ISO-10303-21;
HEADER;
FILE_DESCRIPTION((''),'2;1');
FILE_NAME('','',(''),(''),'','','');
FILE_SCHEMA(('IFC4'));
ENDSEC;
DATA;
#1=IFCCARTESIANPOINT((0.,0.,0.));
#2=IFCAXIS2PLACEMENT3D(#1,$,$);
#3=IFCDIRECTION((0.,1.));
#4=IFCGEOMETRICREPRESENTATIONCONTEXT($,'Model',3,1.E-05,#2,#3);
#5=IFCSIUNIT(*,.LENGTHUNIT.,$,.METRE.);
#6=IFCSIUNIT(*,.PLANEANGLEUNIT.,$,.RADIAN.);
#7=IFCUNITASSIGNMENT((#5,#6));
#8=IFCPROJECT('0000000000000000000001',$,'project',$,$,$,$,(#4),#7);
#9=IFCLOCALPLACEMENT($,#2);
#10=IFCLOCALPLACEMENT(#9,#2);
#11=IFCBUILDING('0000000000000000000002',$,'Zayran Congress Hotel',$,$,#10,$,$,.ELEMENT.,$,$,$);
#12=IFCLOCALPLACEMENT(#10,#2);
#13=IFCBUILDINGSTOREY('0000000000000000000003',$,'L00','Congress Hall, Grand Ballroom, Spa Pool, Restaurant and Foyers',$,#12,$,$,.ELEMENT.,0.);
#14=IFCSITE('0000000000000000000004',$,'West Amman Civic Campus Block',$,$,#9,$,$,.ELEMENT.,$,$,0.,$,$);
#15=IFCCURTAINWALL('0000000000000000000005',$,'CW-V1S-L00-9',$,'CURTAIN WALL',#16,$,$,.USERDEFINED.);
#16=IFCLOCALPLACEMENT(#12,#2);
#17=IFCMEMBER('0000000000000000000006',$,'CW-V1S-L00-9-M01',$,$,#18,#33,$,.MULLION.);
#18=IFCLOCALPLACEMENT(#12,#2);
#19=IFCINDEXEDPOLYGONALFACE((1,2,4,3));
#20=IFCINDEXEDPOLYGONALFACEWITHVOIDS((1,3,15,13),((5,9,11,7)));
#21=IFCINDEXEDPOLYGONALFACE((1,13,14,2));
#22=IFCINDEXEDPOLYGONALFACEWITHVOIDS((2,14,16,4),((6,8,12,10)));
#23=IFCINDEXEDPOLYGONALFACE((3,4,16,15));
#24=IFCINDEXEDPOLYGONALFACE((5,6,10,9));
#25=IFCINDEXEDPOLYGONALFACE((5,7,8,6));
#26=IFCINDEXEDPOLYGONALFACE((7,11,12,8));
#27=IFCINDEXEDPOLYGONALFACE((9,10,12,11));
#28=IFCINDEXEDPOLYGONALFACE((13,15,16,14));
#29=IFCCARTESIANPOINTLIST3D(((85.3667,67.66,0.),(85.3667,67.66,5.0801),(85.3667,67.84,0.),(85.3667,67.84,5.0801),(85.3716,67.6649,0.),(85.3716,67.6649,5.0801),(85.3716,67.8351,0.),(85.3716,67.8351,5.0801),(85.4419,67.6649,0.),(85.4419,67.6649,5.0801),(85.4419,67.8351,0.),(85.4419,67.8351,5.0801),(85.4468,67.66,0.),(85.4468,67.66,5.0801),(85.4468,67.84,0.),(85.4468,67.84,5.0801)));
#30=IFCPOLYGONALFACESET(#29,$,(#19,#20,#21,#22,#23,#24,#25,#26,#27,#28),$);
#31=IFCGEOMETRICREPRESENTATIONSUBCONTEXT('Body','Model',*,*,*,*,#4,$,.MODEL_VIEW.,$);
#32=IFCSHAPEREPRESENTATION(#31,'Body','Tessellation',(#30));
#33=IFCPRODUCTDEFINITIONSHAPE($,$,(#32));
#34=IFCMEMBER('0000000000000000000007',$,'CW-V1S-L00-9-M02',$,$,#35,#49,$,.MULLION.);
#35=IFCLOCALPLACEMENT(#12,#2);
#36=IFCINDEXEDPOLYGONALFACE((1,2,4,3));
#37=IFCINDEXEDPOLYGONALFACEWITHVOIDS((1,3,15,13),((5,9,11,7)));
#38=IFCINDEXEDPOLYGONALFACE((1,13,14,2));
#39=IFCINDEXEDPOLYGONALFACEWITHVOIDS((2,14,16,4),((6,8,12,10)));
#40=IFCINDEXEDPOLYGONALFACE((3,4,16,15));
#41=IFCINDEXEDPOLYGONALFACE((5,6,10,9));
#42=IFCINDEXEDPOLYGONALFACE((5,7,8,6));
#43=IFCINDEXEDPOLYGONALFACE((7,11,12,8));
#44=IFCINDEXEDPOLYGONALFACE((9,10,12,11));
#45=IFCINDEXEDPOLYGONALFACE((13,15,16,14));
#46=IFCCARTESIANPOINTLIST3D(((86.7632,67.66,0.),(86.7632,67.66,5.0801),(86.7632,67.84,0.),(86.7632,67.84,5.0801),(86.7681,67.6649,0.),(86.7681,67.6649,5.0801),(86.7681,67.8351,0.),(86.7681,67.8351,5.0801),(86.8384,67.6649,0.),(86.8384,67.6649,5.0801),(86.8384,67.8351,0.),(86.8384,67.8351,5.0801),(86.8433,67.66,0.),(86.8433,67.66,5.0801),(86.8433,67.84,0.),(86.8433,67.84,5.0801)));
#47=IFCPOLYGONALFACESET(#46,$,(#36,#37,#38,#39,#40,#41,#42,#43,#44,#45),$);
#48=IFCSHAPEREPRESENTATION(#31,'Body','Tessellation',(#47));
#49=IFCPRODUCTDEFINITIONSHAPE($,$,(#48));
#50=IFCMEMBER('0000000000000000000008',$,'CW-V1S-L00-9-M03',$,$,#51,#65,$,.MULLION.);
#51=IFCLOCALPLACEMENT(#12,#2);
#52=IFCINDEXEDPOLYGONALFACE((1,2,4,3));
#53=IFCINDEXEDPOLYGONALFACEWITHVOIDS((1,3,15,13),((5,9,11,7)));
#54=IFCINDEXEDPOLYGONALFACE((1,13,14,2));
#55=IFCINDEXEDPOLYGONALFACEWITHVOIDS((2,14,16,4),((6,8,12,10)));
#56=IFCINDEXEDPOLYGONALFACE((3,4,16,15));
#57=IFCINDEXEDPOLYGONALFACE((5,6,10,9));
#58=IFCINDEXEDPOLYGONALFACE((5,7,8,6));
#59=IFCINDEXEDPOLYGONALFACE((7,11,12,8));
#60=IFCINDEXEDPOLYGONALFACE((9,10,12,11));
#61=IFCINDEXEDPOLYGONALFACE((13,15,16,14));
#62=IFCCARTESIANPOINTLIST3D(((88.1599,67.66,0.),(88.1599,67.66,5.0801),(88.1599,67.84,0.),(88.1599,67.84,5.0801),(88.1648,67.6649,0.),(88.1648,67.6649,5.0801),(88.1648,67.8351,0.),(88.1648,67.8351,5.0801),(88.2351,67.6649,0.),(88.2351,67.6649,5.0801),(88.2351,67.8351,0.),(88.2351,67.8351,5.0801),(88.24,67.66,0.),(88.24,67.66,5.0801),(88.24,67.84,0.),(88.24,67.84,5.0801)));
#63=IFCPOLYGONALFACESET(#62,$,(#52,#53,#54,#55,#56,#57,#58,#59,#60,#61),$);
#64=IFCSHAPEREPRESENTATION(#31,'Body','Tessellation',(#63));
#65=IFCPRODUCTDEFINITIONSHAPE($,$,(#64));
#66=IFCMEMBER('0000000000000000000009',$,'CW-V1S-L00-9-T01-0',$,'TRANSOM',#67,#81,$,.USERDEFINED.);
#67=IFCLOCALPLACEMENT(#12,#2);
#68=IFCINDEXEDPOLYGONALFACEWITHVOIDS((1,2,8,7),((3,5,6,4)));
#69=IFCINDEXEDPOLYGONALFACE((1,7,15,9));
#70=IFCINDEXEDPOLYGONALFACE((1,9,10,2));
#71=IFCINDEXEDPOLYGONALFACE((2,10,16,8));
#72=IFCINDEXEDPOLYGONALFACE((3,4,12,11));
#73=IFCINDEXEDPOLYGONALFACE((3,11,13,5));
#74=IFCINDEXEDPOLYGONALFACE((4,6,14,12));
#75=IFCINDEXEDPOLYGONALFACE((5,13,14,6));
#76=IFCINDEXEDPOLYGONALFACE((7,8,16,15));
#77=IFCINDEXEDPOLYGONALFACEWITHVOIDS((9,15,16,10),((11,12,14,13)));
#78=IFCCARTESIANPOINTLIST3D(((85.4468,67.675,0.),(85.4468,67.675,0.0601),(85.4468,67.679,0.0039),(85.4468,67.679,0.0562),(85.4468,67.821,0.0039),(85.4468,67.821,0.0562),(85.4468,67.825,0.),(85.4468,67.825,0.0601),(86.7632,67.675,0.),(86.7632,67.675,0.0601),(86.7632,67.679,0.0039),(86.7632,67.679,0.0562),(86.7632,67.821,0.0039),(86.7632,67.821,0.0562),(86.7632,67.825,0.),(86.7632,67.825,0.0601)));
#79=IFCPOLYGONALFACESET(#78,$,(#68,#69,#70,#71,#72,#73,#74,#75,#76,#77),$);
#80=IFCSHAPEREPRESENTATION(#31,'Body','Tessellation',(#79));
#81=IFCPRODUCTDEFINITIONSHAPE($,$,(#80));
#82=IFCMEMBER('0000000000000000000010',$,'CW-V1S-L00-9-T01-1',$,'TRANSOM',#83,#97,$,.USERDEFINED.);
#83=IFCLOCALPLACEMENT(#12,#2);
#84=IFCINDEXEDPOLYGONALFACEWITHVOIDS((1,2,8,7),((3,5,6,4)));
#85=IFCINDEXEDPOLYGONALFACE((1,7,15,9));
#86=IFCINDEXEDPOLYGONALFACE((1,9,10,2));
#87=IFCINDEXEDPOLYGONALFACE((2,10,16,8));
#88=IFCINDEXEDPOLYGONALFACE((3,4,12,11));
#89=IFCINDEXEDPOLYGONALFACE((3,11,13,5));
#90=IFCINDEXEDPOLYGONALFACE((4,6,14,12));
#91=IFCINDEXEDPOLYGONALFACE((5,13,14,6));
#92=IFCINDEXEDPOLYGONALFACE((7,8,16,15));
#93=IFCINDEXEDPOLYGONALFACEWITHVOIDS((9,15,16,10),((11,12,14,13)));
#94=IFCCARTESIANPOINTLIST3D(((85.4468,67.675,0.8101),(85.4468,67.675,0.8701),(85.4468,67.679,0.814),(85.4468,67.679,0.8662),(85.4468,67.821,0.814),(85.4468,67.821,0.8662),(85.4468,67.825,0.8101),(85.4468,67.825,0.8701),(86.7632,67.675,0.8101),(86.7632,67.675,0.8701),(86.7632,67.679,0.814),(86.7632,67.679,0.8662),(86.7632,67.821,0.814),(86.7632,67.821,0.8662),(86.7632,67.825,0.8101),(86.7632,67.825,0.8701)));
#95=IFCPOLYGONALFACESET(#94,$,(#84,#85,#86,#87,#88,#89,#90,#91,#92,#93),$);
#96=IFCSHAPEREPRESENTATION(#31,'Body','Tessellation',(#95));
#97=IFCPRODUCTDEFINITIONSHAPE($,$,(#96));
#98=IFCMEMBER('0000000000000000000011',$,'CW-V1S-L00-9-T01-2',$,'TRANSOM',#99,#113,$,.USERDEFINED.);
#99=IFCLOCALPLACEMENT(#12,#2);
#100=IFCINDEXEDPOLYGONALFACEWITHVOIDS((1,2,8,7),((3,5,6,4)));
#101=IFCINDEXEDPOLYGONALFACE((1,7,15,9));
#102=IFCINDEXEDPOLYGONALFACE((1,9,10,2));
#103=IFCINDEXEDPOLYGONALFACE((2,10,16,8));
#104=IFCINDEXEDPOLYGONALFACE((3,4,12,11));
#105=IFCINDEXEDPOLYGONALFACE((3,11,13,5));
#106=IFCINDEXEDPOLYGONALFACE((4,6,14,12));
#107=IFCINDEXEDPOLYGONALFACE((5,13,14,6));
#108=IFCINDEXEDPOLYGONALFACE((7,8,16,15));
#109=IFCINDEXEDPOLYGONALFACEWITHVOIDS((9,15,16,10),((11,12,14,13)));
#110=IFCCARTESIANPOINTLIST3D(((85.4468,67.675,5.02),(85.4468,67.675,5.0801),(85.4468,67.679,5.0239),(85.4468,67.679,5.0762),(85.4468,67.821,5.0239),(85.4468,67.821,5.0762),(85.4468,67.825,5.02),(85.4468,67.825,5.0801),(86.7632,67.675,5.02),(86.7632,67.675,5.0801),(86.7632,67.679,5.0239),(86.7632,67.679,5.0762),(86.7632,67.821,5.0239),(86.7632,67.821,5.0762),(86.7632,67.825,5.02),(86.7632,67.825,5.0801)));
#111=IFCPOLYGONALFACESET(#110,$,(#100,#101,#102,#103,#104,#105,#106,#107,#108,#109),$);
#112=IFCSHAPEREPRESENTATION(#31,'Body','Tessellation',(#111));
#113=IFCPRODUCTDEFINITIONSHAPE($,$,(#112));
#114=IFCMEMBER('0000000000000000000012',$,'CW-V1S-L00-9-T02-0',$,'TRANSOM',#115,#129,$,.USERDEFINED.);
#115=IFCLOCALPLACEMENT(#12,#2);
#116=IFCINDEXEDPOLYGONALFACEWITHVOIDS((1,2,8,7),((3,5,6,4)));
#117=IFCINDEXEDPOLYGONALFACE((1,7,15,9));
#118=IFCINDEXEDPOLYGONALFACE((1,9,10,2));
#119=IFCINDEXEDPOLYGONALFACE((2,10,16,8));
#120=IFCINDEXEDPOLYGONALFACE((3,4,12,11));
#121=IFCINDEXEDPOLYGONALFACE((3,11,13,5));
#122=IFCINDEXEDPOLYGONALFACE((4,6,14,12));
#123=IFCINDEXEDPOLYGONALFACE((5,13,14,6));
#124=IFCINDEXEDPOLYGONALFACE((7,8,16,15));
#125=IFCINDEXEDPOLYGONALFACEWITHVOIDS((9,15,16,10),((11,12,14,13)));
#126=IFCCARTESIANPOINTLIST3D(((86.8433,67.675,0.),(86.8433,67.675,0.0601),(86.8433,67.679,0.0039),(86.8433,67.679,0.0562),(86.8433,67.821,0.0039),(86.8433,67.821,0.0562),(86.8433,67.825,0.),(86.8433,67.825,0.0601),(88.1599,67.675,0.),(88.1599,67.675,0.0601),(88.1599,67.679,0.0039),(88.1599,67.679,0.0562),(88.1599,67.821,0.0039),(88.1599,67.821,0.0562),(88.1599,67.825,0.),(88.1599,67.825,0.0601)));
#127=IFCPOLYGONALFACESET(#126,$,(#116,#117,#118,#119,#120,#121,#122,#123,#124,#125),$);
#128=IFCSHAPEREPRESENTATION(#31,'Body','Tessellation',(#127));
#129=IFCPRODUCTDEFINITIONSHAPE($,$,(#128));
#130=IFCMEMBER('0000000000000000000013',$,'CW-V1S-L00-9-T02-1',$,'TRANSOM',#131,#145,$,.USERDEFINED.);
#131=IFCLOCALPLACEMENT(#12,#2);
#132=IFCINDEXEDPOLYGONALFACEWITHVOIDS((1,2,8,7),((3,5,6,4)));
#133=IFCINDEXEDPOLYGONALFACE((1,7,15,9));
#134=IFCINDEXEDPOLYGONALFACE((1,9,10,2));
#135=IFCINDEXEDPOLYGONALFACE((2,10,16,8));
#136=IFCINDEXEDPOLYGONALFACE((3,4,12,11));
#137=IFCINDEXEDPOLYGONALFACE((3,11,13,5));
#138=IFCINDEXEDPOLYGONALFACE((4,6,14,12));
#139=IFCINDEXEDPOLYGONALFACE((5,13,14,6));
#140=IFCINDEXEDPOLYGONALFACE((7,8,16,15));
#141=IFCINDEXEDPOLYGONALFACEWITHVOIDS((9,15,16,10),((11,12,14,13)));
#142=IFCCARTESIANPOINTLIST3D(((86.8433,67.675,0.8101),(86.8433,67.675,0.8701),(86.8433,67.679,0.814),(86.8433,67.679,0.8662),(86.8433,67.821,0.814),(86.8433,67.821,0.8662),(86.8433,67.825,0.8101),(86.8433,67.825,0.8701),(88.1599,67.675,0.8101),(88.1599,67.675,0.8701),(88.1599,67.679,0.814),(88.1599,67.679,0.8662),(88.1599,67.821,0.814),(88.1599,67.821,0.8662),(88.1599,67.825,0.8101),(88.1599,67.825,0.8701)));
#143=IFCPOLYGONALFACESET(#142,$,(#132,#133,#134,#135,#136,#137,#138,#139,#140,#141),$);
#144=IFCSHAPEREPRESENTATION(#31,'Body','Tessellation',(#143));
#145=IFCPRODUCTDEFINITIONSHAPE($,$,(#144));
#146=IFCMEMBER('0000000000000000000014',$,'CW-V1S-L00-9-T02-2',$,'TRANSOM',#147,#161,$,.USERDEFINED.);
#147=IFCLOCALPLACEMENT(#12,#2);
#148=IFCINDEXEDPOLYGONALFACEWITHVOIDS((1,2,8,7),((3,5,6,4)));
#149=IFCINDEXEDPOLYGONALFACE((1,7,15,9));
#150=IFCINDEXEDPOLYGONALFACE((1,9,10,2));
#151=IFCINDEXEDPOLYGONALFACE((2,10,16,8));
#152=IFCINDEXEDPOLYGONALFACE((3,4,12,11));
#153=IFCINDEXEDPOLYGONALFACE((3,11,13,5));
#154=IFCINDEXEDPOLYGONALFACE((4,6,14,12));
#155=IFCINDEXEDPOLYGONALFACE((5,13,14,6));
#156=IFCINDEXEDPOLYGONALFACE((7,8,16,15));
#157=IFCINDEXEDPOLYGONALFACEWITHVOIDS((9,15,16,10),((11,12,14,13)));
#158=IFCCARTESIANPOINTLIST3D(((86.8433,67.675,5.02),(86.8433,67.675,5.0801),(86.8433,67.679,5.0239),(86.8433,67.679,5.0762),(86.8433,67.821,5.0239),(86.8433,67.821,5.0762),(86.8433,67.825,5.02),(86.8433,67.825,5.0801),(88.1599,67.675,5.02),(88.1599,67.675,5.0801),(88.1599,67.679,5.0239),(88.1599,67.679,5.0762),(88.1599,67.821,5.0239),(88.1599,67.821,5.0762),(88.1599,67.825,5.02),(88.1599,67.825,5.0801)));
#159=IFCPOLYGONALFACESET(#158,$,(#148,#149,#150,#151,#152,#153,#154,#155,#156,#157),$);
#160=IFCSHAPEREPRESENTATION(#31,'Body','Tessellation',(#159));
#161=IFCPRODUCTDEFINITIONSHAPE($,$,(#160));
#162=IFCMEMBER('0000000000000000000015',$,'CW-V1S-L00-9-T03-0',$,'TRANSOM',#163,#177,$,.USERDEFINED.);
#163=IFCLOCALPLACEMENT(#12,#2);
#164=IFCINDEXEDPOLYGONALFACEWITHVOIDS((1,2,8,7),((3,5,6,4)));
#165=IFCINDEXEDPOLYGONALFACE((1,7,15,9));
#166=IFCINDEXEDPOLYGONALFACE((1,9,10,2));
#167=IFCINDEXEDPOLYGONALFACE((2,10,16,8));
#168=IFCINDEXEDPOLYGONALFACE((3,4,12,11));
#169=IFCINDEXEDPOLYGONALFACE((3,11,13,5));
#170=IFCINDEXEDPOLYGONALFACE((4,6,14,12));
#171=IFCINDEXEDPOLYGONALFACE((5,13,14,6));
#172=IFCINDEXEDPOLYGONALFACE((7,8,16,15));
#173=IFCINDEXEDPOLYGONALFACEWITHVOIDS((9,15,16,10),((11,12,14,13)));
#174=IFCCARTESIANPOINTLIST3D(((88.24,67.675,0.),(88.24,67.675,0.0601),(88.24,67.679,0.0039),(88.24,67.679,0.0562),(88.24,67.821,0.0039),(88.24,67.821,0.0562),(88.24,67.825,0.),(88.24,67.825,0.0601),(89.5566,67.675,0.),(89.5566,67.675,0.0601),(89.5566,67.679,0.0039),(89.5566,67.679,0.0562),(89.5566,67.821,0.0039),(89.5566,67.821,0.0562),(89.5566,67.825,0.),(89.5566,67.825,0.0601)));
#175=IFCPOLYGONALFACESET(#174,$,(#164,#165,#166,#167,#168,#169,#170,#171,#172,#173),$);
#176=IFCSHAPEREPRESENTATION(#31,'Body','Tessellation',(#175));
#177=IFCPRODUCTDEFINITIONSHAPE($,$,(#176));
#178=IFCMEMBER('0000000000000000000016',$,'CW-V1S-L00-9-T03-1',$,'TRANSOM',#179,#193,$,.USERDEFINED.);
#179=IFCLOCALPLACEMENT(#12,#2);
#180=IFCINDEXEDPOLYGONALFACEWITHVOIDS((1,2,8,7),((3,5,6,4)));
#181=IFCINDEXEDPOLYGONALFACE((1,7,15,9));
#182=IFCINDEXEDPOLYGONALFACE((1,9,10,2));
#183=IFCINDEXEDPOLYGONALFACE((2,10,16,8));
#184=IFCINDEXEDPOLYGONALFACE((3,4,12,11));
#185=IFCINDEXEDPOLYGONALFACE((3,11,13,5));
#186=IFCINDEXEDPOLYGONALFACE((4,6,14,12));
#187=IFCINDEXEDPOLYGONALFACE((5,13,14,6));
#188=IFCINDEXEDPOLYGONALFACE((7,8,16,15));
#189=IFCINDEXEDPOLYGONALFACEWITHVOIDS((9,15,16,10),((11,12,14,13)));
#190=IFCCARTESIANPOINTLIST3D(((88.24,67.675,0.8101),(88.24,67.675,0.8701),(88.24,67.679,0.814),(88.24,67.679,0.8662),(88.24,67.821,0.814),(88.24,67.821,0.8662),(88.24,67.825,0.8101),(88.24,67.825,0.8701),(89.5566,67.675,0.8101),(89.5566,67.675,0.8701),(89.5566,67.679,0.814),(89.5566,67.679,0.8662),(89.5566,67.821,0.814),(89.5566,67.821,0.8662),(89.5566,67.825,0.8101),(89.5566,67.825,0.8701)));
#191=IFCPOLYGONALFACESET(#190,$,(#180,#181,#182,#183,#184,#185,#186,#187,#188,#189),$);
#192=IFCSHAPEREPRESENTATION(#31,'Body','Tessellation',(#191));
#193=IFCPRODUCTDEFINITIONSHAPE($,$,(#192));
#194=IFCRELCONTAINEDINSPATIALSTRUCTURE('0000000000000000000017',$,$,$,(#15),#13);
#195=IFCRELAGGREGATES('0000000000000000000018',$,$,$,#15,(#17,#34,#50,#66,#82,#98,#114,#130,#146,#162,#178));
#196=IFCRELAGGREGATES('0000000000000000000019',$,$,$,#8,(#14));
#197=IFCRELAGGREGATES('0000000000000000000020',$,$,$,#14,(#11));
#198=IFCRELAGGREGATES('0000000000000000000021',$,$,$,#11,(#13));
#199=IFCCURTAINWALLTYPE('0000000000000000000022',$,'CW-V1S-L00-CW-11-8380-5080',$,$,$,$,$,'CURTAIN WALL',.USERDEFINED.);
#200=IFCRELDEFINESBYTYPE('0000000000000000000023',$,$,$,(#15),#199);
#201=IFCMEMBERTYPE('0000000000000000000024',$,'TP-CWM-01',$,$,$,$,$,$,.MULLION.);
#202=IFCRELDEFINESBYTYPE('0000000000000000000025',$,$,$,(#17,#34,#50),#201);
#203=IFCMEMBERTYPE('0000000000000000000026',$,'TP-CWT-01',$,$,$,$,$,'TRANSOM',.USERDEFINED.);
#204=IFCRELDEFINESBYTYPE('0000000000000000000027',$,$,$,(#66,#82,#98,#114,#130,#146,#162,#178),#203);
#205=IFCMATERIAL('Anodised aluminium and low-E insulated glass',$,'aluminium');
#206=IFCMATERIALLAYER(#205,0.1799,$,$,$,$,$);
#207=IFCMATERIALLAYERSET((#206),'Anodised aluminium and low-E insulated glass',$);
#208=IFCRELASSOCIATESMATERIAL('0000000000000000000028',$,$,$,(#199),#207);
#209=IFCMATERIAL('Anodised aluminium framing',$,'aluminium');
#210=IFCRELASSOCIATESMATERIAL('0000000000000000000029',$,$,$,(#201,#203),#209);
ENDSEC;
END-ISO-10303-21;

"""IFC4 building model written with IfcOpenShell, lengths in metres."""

from ifc_helpers import new_model, si_unit, direction, frame, origin, origin_2d, place, context, subcontext, project, spatial, hollow_rectangle, extrude, material, layer, layer_set, material_profile, profile_set, type_object, element, aggregate, save


model = new_model("IFC4")

# Units and contexts
model_context = context("Model", 3, precision=1e-05, world=origin(), true_north=direction((0.0, 1.0)))
body_context = subcontext(model_context, "Body", "Model", "MODEL_VIEW")
ifc_project = project(units=[si_unit("LENGTHUNIT", "METRE"), si_unit("PLANEANGLEUNIT", "RADIAN")], contexts=[model_context])

# Site, building, storey
site_placement = place(None, origin())
site = spatial("IfcSite", under=ifc_project, at=site_placement, Name="West Amman Civic Campus Block", CompositionType="ELEMENT", RefElevation=0.0)
building_placement = place(site_placement, origin())
building = spatial("IfcBuilding", under=site, at=building_placement, Name="Zayran Congress Hotel", CompositionType="ELEMENT")
storey_placement = place(building_placement, origin())
storey = spatial("IfcBuildingStorey", under=building, at=storey_placement, Name="L00", Description="Congress Hall, Grand Ballroom, Spa Pool, Restaurant and Foyers", CompositionType="ELEMENT", Elevation=0.0)

# Curtain wall, members
ifc_material_1 = material(Name="Anodised aluminium and low-E insulated glass", Category="aluminium")
ifc_layer_1 = layer(ifc_material_1, 0.1799)
ifc_layer_set_1 = layer_set([ifc_layer_1], Name="Anodised aluminium and low-E insulated glass")
curtain_wall_type = type_object("IfcCurtainWallType", Name="CW-V1S-L00-CW-11-8380-5080", ElementType="CURTAIN WALL", PredefinedType="USERDEFINED", material=ifc_layer_set_1)
curtain_wall_placement = place(storey_placement, origin())
curtain_wall = element("IfcCurtainWall", 1, at=curtain_wall_placement, inside=storey, type_object=curtain_wall_type, Name="CW-V1S-L00-9", ObjectType="CURTAIN WALL", PredefinedType="USERDEFINED")
ifc_material_2 = material(Name="Anodised aluminium framing", Category="aluminium")
ifc_material_profile_1 = material_profile(ifc_material_2, hollow_rectangle(XDim=0.0801, YDim=0.1799, WallThickness=0.0049, at=origin_2d()), Name="RHS 180x80x5")
ifc_profile_set_1 = profile_set([ifc_material_profile_1], Name="Anodised aluminium framing")
member_type_1 = type_object("IfcMemberType", Name="TP-CWM-01", PredefinedType="MULLION", material=ifc_profile_set_1)
member_1_placement = place(storey_placement, frame((85.4067, 67.75, 0.0), z_axis=(0.0, 0.0, 1.0), x_axis=(1.0, 0.0, 0.0)))
member_1 = element("IfcMember", 2, at=member_1_placement, type_object=member_type_1, Name="CW-V1S-L00-9-M01", PredefinedType="MULLION", context=body_context, shape_type="SweptSolid", body=[
    extrude(hollow_rectangle(XDim=0.0801, YDim=0.1799, WallThickness=0.0049, at=origin_2d()), origin(), (0.0, 0.0, 1.0), 5.0801),
])
member_2_placement = place(storey_placement, frame((86.8032, 67.75, 0.0), z_axis=(0.0, 0.0, 1.0), x_axis=(1.0, 0.0, 0.0)))
member_2 = element("IfcMember", 3, at=member_2_placement, type_object=member_type_1, Name="CW-V1S-L00-9-M02", PredefinedType="MULLION", context=body_context, shape_type="SweptSolid", body=[
    extrude(hollow_rectangle(XDim=0.0801, YDim=0.1799, WallThickness=0.0049, at=origin_2d()), origin(), (0.0, 0.0, 1.0), 5.0801),
])
member_3_placement = place(storey_placement, frame((88.2, 67.75, 0.0), z_axis=(0.0, 0.0, 1.0), x_axis=(1.0, 0.0, 0.0)))
member_3 = element("IfcMember", 4, at=member_3_placement, type_object=member_type_1, Name="CW-V1S-L00-9-M03", PredefinedType="MULLION", context=body_context, shape_type="SweptSolid", body=[
    extrude(hollow_rectangle(XDim=0.0801, YDim=0.1799, WallThickness=0.0049, at=origin_2d()), origin(), (0.0, 0.0, 1.0), 5.0801),
])
ifc_material_profile_2 = material_profile(ifc_material_2, hollow_rectangle(XDim=0.0601, YDim=0.1499, WallThickness=0.0039, at=origin_2d()), Name="RHS 150x60x4")
ifc_profile_set_2 = profile_set([ifc_material_profile_2], Name="Anodised aluminium framing")
member_type_2 = type_object("IfcMemberType", Name="TP-CWT-01", ElementType="TRANSOM", PredefinedType="USERDEFINED", material=ifc_profile_set_2)
member_4_placement = place(storey_placement, frame((85.4468, 67.75, 0.03), z_axis=(1.0, 0.0, 0.0), x_axis=(0.0, 0.0, 1.0)))
member_4 = element("IfcMember", 5, at=member_4_placement, type_object=member_type_2, Name="CW-V1S-L00-9-T01-0", ObjectType="TRANSOM", PredefinedType="USERDEFINED", context=body_context, shape_type="SweptSolid", body=[
    extrude(hollow_rectangle(XDim=0.0601, YDim=0.1499, WallThickness=0.0039, at=origin_2d()), origin(), (0.0, 0.0, 1.0), 1.3164),
])
member_5_placement = place(storey_placement, frame((85.4468, 67.75, 0.8401), z_axis=(1.0, 0.0, 0.0), x_axis=(0.0, 0.0, 1.0)))
member_5 = element("IfcMember", 6, at=member_5_placement, type_object=member_type_2, Name="CW-V1S-L00-9-T01-1", ObjectType="TRANSOM", PredefinedType="USERDEFINED", context=body_context, shape_type="SweptSolid", body=[
    extrude(hollow_rectangle(XDim=0.0601, YDim=0.1499, WallThickness=0.0039, at=origin_2d()), origin(), (0.0, 0.0, 1.0), 1.3164),
])
member_6_placement = place(storey_placement, frame((85.4468, 67.75, 5.05), z_axis=(1.0, 0.0, 0.0), x_axis=(0.0, 0.0, 1.0)))
member_6 = element("IfcMember", 7, at=member_6_placement, type_object=member_type_2, Name="CW-V1S-L00-9-T01-2", ObjectType="TRANSOM", PredefinedType="USERDEFINED", context=body_context, shape_type="SweptSolid", body=[
    extrude(hollow_rectangle(XDim=0.0601, YDim=0.1499, WallThickness=0.0039, at=origin_2d()), origin(), (0.0, 0.0, 1.0), 1.3164),
])
member_7_placement = place(storey_placement, frame((86.8433, 67.75, 0.03), z_axis=(1.0, 0.0, 0.0), x_axis=(0.0, 0.0, 1.0)))
member_7 = element("IfcMember", 8, at=member_7_placement, type_object=member_type_2, Name="CW-V1S-L00-9-T02-0", ObjectType="TRANSOM", PredefinedType="USERDEFINED", context=body_context, shape_type="SweptSolid", body=[
    extrude(hollow_rectangle(XDim=0.0601, YDim=0.1499, WallThickness=0.0039, at=origin_2d()), origin(), (0.0, 0.0, 1.0), 1.3167),
])
member_8_placement = place(storey_placement, frame((86.8433, 67.75, 0.8401), z_axis=(1.0, 0.0, 0.0), x_axis=(0.0, 0.0, 1.0)))
member_8 = element("IfcMember", 9, at=member_8_placement, type_object=member_type_2, Name="CW-V1S-L00-9-T02-1", ObjectType="TRANSOM", PredefinedType="USERDEFINED", context=body_context, shape_type="SweptSolid", body=[
    extrude(hollow_rectangle(XDim=0.0601, YDim=0.1499, WallThickness=0.0039, at=origin_2d()), origin(), (0.0, 0.0, 1.0), 1.3167),
])
member_9_placement = place(storey_placement, frame((86.8433, 67.75, 5.05), z_axis=(1.0, 0.0, 0.0), x_axis=(0.0, 0.0, 1.0)))
member_9 = element("IfcMember", 10, at=member_9_placement, type_object=member_type_2, Name="CW-V1S-L00-9-T02-2", ObjectType="TRANSOM", PredefinedType="USERDEFINED", context=body_context, shape_type="SweptSolid", body=[
    extrude(hollow_rectangle(XDim=0.0601, YDim=0.1499, WallThickness=0.0039, at=origin_2d()), origin(), (0.0, 0.0, 1.0), 1.3167),
])
member_10_placement = place(storey_placement, frame((88.24, 67.75, 0.03), z_axis=(1.0, 0.0, 0.0), x_axis=(0.0, 0.0, 1.0)))
member_10 = element("IfcMember", 11, at=member_10_placement, type_object=member_type_2, Name="CW-V1S-L00-9-T03-0", ObjectType="TRANSOM", PredefinedType="USERDEFINED", context=body_context, shape_type="SweptSolid", body=[
    extrude(hollow_rectangle(XDim=0.0601, YDim=0.1499, WallThickness=0.0039, at=origin_2d()), origin(), (0.0, 0.0, 1.0), 1.3167),
])
member_11_placement = place(storey_placement, frame((88.24, 67.75, 0.8401), z_axis=(1.0, 0.0, 0.0), x_axis=(0.0, 0.0, 1.0)))
member_11 = element("IfcMember", 12, at=member_11_placement, type_object=member_type_2, Name="CW-V1S-L00-9-T03-1", ObjectType="TRANSOM", PredefinedType="USERDEFINED", context=body_context, shape_type="SweptSolid", body=[
    extrude(hollow_rectangle(XDim=0.0601, YDim=0.1499, WallThickness=0.0039, at=origin_2d()), origin(), (0.0, 0.0, 1.0), 1.3167),
])
aggregate(curtain_wall, [member_1, member_2, member_3, member_4, member_5, member_6, member_7, member_8, member_9, member_10, member_11])

save(model, "model.ifc")
